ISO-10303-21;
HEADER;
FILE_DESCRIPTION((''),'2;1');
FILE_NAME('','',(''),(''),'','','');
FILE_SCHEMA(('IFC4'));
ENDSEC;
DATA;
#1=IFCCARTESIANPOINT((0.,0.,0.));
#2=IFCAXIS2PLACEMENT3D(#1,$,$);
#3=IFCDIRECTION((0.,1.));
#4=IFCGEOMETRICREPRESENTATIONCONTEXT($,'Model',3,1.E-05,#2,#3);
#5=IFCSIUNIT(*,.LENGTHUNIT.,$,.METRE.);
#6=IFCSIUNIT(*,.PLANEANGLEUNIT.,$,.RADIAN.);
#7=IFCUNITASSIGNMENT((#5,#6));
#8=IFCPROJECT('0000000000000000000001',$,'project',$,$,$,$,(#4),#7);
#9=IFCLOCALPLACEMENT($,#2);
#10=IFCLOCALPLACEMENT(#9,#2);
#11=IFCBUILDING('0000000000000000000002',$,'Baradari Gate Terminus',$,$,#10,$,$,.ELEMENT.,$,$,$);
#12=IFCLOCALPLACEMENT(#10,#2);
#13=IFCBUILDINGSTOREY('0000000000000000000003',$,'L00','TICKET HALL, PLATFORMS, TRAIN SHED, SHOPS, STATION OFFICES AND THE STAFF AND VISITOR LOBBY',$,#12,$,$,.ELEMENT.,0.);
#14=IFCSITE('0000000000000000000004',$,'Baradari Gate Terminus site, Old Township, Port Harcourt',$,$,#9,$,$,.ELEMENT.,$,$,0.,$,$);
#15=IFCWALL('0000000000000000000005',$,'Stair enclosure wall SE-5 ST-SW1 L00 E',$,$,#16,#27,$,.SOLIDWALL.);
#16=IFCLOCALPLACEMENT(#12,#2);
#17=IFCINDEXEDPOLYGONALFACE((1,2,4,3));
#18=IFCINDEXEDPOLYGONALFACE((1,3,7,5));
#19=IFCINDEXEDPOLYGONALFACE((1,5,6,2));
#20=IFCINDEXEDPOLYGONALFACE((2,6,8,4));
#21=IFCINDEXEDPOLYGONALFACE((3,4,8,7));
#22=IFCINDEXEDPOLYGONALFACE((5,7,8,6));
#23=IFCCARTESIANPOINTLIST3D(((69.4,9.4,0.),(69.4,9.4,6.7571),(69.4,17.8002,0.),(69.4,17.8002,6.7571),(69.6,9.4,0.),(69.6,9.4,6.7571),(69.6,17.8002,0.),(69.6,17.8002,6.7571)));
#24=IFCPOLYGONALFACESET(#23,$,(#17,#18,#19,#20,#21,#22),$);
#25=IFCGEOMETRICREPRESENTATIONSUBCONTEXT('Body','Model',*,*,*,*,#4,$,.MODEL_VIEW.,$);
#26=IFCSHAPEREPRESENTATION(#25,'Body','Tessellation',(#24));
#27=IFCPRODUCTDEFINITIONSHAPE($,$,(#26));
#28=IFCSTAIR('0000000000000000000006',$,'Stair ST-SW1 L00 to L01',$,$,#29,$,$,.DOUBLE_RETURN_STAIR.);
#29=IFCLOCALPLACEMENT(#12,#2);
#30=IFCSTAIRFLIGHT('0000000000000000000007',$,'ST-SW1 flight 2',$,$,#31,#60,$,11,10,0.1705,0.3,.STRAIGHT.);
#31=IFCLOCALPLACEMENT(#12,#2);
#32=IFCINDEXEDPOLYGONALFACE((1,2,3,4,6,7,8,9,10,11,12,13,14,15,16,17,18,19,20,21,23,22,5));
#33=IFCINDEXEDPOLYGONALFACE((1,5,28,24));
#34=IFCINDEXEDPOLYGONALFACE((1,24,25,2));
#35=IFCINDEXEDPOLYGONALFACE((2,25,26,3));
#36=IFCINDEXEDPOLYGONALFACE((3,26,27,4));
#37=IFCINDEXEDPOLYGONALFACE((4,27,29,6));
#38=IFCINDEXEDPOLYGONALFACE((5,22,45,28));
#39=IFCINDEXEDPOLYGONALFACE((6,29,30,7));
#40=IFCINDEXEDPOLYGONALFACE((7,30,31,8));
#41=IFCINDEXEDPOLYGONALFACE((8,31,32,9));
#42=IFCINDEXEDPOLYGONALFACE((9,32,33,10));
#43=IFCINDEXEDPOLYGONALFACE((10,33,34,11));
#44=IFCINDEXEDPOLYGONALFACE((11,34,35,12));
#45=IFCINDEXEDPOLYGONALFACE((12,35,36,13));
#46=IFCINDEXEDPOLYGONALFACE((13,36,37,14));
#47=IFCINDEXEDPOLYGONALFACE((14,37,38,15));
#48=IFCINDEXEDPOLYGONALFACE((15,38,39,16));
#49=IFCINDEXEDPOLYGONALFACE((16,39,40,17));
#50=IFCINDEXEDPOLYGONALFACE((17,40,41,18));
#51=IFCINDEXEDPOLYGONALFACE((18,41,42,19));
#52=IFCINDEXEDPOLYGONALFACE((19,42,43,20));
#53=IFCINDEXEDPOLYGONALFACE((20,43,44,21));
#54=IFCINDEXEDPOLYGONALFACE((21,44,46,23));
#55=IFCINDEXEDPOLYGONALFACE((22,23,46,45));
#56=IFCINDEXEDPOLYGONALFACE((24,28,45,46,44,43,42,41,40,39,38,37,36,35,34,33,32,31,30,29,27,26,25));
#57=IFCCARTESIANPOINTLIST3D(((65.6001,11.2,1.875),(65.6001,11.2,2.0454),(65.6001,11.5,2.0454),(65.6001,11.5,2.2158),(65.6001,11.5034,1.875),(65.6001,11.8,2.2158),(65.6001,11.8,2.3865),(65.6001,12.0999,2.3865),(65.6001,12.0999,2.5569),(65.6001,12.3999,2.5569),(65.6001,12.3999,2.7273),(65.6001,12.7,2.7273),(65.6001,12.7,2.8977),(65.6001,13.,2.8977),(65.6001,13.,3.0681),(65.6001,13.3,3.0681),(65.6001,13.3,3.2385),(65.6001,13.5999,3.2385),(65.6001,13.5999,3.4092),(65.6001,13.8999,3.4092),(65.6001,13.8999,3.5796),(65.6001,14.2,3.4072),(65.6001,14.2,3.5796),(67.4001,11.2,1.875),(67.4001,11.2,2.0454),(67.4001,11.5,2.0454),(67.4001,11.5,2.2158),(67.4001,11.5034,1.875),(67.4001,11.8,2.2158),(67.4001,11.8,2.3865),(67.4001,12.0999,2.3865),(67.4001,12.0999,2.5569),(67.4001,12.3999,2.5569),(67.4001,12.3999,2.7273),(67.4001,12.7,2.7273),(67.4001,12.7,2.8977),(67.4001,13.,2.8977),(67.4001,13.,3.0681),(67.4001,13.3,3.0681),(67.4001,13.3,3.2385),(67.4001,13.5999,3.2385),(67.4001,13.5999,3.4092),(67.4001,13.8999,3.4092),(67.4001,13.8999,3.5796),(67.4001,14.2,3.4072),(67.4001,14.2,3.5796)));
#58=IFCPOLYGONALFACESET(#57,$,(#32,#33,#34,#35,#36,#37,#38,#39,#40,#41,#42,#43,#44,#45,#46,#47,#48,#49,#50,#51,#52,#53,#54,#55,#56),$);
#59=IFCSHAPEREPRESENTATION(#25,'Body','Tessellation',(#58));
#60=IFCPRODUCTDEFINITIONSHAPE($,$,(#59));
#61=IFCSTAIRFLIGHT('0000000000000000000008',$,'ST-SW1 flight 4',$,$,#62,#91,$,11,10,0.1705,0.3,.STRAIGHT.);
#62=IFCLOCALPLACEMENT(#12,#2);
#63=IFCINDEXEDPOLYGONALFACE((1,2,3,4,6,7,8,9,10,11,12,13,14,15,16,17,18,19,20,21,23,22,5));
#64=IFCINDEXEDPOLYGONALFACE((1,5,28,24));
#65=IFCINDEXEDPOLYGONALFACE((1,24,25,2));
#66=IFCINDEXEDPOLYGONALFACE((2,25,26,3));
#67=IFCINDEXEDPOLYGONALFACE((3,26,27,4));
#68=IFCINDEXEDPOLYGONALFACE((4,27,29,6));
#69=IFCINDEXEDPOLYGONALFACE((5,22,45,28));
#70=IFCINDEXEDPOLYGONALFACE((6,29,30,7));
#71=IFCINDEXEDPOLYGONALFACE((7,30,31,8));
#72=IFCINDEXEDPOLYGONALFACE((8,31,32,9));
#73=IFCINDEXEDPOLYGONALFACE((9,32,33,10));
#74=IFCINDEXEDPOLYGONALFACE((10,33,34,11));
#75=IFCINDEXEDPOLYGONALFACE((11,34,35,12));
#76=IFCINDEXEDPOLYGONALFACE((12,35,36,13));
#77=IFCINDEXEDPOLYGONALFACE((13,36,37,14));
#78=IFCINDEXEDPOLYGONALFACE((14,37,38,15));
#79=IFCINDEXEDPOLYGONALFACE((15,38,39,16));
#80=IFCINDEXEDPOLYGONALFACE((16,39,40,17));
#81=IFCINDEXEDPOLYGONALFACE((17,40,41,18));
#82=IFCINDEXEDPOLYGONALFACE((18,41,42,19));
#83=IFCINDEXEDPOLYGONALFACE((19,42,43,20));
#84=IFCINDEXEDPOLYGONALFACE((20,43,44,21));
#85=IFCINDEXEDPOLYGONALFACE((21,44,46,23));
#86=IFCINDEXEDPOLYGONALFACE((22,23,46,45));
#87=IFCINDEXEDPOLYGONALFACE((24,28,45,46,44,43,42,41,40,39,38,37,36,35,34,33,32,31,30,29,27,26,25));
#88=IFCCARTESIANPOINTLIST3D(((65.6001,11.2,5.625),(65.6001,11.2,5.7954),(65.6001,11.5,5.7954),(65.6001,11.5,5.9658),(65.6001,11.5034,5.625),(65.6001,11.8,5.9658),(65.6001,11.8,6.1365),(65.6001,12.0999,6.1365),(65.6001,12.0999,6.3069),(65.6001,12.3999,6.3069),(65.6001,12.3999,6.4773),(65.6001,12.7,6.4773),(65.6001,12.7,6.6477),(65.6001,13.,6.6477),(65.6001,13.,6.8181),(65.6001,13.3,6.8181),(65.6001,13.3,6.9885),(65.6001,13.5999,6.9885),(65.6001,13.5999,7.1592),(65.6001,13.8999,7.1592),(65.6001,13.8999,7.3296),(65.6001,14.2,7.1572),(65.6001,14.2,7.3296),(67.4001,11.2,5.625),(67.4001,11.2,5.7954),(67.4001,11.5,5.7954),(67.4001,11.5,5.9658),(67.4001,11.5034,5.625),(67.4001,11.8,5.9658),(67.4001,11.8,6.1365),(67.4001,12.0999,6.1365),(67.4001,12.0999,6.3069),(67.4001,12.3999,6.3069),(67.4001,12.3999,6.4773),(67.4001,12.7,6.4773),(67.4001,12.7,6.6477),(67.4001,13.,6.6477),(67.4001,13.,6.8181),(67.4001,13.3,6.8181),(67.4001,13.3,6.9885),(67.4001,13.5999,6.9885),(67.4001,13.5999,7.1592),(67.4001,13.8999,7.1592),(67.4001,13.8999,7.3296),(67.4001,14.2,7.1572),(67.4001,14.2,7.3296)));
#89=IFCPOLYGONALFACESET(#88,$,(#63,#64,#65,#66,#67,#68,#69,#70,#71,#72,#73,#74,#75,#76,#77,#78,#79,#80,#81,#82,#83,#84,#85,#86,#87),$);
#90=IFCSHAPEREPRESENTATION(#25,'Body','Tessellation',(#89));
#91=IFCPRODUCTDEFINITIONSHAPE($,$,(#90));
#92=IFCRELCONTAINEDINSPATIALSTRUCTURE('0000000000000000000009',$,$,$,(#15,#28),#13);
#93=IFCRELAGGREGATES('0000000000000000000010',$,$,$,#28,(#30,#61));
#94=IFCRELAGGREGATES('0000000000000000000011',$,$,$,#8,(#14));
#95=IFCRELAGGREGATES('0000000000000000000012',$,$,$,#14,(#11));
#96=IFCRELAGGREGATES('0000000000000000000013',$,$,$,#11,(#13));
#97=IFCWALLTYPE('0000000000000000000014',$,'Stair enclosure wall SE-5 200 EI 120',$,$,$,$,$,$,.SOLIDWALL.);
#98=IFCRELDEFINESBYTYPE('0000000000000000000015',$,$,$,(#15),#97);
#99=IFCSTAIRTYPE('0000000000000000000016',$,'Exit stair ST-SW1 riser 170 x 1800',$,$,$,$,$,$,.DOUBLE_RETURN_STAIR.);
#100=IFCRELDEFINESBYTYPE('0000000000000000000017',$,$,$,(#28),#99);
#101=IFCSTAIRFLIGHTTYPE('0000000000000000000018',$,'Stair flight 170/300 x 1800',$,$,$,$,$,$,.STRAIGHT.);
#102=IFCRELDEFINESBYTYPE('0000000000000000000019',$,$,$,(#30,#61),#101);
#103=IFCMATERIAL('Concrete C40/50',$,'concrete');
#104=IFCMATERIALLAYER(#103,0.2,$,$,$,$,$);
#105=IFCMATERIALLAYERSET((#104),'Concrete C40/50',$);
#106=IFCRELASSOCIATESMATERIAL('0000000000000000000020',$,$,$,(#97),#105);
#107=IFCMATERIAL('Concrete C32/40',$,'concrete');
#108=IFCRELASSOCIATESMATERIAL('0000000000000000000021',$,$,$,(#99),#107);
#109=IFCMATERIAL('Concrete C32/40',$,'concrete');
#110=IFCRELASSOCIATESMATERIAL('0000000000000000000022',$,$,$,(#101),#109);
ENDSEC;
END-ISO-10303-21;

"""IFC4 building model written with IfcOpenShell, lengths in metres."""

from ifc_helpers import new_model, si_unit, direction, frame, frame_2d, origin, place, context, subcontext, project, spatial, polyline, rectangle, outline, extrude, material, layer, layer_set, type_object, element, aggregate, save


model = new_model("IFC4")

# Units and contexts
model_context = context("Model", 3, precision=1e-05, world=origin(), true_north=direction((0.0, 1.0)))
body_context = subcontext(model_context, "Body", "Model", "MODEL_VIEW")
ifc_project = project(units=[si_unit("LENGTHUNIT", "METRE"), si_unit("PLANEANGLEUNIT", "RADIAN")], contexts=[model_context])

# Site, building, storey
site_placement = place(None, origin())
site = spatial("IfcSite", under=ifc_project, at=site_placement, Name="Baradari Gate Terminus site, Old Township, Port Harcourt", CompositionType="ELEMENT", RefElevation=0.0)
building_placement = place(site_placement, origin())
building = spatial("IfcBuilding", under=site, at=building_placement, Name="Baradari Gate Terminus", CompositionType="ELEMENT")
storey_placement = place(building_placement, origin())
storey = spatial("IfcBuildingStorey", under=building, at=storey_placement, Name="L00", Description="TICKET HALL, PLATFORMS, TRAIN SHED, SHOPS, STATION OFFICES AND THE STAFF AND VISITOR LOBBY", CompositionType="ELEMENT", Elevation=0.0)

# Wall
ifc_material_1 = material(Name="Concrete C40/50", Category="concrete")
ifc_layer_1 = layer(ifc_material_1, 0.2)
ifc_layer_set_1 = layer_set([ifc_layer_1], Name="Concrete C40/50")
wall_type_1 = type_object("IfcWallType", Name="Stair enclosure wall SE-5 200 EI 120", PredefinedType="SOLIDWALL", material=ifc_layer_set_1)
wall_1_placement = place(storey_placement, frame((69.5, 9.3999, 0.0), z_axis=(0.0, 0.0, 1.0), x_axis=(0.0, 1.0, 0.0)))
element("IfcWall", 1, at=wall_1_placement, inside=storey, type_object=wall_type_1, Name="Stair enclosure wall SE-5 ST-SW1 L00 E", PredefinedType="SOLIDWALL", context=body_context, shape_type="SweptSolid", body=[
    extrude(rectangle(XDim=8.4001, YDim=0.2, at=frame_2d((4.2002, 0.0))), origin(), (0.0, 0.0, 1.0), 6.7571),
])

# Stair, stair flights
ifc_material_2 = material(Name="Concrete C32/40", Category="concrete")
stair_type = type_object("IfcStairType", Name="Exit stair ST-SW1 riser 170 x 1800", PredefinedType="DOUBLE_RETURN_STAIR", material=ifc_material_2)
stair_placement = place(storey_placement, origin())
stair = element("IfcStair", 2, at=stair_placement, inside=storey, type_object=stair_type, Name="Stair ST-SW1 L00 to L01", PredefinedType="DOUBLE_RETURN_STAIR")
ifc_material_3 = material(Name="Concrete C32/40", Category="concrete")
stair_flight_type = type_object("IfcStairFlightType", Name="Stair flight 170/300 x 1800", PredefinedType="STRAIGHT", material=ifc_material_3)
stair_flight_1_placement = place(storey_placement, frame((66.5, 11.2, 1.875), z_axis=(0.0, 0.0, 1.0), x_axis=(0.0, 1.0, 0.0)))
stair_flight_1 = element("IfcStairFlight", 3, at=stair_flight_1_placement, type_object=stair_flight_type, Name="ST-SW1 flight 2", NumberOfRisers=11, NumberOfTreads=10, PredefinedType="STRAIGHT", RiserHeight=0.1705, TreadLength=0.3, context=body_context, shape_type="SweptSolid", body=[
    extrude(outline(polyline([(0.0, 0.0), (0.0, 0.1704), (0.3, 0.1704), (0.3, 0.3408), (0.6001, 0.3408), (0.6001, 0.5115), (0.8999, 0.5115), (0.8999, 0.6819), (1.2, 0.6819), (1.2, 0.8523), (1.5, 0.8523), (1.5, 1.0227), (1.8, 1.0227), (1.8, 1.1931), (2.1001, 1.1931), (2.1001, 1.3635), (2.3999, 1.3635), (2.3999, 1.5342), (2.7, 1.5342), (2.7, 1.7046), (3.0, 1.7046), (3.0, 1.875), (3.0, 1.5322), (0.3035, 0.0), (0.0, 0.0)])), frame((0.0, 0.8999, 0.0), z_axis=(0.0, -1.0, 0.0), x_axis=(1.0, 0.0, 0.0)), (0.0, 0.0, 1.0), 1.8),
])
stair_flight_2_placement = place(storey_placement, frame((66.5, 11.2, 5.625), z_axis=(0.0, 0.0, 1.0), x_axis=(0.0, 1.0, 0.0)))
stair_flight_2 = element("IfcStairFlight", 4, at=stair_flight_2_placement, type_object=stair_flight_type, Name="ST-SW1 flight 4", NumberOfRisers=11, NumberOfTreads=10, PredefinedType="STRAIGHT", RiserHeight=0.1705, TreadLength=0.3, context=body_context, shape_type="SweptSolid", body=[
    extrude(outline(polyline([(0.0, 0.0), (0.0, 0.1704), (0.3, 0.1704), (0.3, 0.3408), (0.6001, 0.3408), (0.6001, 0.5115), (0.8999, 0.5115), (0.8999, 0.6819), (1.2, 0.6819), (1.2, 0.8523), (1.5, 0.8523), (1.5, 1.0227), (1.8, 1.0227), (1.8, 1.1931), (2.1001, 1.1931), (2.1001, 1.3635), (2.3999, 1.3635), (2.3999, 1.5342), (2.7, 1.5342), (2.7, 1.7046), (3.0, 1.7046), (3.0, 1.875), (3.0, 1.5322), (0.3035, 0.0), (0.0, 0.0)])), frame((0.0, 0.8999, 0.0), z_axis=(0.0, -1.0, 0.0), x_axis=(1.0, 0.0, 0.0)), (0.0, 0.0, 1.0), 1.8),
])
aggregate(stair, [stair_flight_1, stair_flight_2])

save(model, "model.ifc")
